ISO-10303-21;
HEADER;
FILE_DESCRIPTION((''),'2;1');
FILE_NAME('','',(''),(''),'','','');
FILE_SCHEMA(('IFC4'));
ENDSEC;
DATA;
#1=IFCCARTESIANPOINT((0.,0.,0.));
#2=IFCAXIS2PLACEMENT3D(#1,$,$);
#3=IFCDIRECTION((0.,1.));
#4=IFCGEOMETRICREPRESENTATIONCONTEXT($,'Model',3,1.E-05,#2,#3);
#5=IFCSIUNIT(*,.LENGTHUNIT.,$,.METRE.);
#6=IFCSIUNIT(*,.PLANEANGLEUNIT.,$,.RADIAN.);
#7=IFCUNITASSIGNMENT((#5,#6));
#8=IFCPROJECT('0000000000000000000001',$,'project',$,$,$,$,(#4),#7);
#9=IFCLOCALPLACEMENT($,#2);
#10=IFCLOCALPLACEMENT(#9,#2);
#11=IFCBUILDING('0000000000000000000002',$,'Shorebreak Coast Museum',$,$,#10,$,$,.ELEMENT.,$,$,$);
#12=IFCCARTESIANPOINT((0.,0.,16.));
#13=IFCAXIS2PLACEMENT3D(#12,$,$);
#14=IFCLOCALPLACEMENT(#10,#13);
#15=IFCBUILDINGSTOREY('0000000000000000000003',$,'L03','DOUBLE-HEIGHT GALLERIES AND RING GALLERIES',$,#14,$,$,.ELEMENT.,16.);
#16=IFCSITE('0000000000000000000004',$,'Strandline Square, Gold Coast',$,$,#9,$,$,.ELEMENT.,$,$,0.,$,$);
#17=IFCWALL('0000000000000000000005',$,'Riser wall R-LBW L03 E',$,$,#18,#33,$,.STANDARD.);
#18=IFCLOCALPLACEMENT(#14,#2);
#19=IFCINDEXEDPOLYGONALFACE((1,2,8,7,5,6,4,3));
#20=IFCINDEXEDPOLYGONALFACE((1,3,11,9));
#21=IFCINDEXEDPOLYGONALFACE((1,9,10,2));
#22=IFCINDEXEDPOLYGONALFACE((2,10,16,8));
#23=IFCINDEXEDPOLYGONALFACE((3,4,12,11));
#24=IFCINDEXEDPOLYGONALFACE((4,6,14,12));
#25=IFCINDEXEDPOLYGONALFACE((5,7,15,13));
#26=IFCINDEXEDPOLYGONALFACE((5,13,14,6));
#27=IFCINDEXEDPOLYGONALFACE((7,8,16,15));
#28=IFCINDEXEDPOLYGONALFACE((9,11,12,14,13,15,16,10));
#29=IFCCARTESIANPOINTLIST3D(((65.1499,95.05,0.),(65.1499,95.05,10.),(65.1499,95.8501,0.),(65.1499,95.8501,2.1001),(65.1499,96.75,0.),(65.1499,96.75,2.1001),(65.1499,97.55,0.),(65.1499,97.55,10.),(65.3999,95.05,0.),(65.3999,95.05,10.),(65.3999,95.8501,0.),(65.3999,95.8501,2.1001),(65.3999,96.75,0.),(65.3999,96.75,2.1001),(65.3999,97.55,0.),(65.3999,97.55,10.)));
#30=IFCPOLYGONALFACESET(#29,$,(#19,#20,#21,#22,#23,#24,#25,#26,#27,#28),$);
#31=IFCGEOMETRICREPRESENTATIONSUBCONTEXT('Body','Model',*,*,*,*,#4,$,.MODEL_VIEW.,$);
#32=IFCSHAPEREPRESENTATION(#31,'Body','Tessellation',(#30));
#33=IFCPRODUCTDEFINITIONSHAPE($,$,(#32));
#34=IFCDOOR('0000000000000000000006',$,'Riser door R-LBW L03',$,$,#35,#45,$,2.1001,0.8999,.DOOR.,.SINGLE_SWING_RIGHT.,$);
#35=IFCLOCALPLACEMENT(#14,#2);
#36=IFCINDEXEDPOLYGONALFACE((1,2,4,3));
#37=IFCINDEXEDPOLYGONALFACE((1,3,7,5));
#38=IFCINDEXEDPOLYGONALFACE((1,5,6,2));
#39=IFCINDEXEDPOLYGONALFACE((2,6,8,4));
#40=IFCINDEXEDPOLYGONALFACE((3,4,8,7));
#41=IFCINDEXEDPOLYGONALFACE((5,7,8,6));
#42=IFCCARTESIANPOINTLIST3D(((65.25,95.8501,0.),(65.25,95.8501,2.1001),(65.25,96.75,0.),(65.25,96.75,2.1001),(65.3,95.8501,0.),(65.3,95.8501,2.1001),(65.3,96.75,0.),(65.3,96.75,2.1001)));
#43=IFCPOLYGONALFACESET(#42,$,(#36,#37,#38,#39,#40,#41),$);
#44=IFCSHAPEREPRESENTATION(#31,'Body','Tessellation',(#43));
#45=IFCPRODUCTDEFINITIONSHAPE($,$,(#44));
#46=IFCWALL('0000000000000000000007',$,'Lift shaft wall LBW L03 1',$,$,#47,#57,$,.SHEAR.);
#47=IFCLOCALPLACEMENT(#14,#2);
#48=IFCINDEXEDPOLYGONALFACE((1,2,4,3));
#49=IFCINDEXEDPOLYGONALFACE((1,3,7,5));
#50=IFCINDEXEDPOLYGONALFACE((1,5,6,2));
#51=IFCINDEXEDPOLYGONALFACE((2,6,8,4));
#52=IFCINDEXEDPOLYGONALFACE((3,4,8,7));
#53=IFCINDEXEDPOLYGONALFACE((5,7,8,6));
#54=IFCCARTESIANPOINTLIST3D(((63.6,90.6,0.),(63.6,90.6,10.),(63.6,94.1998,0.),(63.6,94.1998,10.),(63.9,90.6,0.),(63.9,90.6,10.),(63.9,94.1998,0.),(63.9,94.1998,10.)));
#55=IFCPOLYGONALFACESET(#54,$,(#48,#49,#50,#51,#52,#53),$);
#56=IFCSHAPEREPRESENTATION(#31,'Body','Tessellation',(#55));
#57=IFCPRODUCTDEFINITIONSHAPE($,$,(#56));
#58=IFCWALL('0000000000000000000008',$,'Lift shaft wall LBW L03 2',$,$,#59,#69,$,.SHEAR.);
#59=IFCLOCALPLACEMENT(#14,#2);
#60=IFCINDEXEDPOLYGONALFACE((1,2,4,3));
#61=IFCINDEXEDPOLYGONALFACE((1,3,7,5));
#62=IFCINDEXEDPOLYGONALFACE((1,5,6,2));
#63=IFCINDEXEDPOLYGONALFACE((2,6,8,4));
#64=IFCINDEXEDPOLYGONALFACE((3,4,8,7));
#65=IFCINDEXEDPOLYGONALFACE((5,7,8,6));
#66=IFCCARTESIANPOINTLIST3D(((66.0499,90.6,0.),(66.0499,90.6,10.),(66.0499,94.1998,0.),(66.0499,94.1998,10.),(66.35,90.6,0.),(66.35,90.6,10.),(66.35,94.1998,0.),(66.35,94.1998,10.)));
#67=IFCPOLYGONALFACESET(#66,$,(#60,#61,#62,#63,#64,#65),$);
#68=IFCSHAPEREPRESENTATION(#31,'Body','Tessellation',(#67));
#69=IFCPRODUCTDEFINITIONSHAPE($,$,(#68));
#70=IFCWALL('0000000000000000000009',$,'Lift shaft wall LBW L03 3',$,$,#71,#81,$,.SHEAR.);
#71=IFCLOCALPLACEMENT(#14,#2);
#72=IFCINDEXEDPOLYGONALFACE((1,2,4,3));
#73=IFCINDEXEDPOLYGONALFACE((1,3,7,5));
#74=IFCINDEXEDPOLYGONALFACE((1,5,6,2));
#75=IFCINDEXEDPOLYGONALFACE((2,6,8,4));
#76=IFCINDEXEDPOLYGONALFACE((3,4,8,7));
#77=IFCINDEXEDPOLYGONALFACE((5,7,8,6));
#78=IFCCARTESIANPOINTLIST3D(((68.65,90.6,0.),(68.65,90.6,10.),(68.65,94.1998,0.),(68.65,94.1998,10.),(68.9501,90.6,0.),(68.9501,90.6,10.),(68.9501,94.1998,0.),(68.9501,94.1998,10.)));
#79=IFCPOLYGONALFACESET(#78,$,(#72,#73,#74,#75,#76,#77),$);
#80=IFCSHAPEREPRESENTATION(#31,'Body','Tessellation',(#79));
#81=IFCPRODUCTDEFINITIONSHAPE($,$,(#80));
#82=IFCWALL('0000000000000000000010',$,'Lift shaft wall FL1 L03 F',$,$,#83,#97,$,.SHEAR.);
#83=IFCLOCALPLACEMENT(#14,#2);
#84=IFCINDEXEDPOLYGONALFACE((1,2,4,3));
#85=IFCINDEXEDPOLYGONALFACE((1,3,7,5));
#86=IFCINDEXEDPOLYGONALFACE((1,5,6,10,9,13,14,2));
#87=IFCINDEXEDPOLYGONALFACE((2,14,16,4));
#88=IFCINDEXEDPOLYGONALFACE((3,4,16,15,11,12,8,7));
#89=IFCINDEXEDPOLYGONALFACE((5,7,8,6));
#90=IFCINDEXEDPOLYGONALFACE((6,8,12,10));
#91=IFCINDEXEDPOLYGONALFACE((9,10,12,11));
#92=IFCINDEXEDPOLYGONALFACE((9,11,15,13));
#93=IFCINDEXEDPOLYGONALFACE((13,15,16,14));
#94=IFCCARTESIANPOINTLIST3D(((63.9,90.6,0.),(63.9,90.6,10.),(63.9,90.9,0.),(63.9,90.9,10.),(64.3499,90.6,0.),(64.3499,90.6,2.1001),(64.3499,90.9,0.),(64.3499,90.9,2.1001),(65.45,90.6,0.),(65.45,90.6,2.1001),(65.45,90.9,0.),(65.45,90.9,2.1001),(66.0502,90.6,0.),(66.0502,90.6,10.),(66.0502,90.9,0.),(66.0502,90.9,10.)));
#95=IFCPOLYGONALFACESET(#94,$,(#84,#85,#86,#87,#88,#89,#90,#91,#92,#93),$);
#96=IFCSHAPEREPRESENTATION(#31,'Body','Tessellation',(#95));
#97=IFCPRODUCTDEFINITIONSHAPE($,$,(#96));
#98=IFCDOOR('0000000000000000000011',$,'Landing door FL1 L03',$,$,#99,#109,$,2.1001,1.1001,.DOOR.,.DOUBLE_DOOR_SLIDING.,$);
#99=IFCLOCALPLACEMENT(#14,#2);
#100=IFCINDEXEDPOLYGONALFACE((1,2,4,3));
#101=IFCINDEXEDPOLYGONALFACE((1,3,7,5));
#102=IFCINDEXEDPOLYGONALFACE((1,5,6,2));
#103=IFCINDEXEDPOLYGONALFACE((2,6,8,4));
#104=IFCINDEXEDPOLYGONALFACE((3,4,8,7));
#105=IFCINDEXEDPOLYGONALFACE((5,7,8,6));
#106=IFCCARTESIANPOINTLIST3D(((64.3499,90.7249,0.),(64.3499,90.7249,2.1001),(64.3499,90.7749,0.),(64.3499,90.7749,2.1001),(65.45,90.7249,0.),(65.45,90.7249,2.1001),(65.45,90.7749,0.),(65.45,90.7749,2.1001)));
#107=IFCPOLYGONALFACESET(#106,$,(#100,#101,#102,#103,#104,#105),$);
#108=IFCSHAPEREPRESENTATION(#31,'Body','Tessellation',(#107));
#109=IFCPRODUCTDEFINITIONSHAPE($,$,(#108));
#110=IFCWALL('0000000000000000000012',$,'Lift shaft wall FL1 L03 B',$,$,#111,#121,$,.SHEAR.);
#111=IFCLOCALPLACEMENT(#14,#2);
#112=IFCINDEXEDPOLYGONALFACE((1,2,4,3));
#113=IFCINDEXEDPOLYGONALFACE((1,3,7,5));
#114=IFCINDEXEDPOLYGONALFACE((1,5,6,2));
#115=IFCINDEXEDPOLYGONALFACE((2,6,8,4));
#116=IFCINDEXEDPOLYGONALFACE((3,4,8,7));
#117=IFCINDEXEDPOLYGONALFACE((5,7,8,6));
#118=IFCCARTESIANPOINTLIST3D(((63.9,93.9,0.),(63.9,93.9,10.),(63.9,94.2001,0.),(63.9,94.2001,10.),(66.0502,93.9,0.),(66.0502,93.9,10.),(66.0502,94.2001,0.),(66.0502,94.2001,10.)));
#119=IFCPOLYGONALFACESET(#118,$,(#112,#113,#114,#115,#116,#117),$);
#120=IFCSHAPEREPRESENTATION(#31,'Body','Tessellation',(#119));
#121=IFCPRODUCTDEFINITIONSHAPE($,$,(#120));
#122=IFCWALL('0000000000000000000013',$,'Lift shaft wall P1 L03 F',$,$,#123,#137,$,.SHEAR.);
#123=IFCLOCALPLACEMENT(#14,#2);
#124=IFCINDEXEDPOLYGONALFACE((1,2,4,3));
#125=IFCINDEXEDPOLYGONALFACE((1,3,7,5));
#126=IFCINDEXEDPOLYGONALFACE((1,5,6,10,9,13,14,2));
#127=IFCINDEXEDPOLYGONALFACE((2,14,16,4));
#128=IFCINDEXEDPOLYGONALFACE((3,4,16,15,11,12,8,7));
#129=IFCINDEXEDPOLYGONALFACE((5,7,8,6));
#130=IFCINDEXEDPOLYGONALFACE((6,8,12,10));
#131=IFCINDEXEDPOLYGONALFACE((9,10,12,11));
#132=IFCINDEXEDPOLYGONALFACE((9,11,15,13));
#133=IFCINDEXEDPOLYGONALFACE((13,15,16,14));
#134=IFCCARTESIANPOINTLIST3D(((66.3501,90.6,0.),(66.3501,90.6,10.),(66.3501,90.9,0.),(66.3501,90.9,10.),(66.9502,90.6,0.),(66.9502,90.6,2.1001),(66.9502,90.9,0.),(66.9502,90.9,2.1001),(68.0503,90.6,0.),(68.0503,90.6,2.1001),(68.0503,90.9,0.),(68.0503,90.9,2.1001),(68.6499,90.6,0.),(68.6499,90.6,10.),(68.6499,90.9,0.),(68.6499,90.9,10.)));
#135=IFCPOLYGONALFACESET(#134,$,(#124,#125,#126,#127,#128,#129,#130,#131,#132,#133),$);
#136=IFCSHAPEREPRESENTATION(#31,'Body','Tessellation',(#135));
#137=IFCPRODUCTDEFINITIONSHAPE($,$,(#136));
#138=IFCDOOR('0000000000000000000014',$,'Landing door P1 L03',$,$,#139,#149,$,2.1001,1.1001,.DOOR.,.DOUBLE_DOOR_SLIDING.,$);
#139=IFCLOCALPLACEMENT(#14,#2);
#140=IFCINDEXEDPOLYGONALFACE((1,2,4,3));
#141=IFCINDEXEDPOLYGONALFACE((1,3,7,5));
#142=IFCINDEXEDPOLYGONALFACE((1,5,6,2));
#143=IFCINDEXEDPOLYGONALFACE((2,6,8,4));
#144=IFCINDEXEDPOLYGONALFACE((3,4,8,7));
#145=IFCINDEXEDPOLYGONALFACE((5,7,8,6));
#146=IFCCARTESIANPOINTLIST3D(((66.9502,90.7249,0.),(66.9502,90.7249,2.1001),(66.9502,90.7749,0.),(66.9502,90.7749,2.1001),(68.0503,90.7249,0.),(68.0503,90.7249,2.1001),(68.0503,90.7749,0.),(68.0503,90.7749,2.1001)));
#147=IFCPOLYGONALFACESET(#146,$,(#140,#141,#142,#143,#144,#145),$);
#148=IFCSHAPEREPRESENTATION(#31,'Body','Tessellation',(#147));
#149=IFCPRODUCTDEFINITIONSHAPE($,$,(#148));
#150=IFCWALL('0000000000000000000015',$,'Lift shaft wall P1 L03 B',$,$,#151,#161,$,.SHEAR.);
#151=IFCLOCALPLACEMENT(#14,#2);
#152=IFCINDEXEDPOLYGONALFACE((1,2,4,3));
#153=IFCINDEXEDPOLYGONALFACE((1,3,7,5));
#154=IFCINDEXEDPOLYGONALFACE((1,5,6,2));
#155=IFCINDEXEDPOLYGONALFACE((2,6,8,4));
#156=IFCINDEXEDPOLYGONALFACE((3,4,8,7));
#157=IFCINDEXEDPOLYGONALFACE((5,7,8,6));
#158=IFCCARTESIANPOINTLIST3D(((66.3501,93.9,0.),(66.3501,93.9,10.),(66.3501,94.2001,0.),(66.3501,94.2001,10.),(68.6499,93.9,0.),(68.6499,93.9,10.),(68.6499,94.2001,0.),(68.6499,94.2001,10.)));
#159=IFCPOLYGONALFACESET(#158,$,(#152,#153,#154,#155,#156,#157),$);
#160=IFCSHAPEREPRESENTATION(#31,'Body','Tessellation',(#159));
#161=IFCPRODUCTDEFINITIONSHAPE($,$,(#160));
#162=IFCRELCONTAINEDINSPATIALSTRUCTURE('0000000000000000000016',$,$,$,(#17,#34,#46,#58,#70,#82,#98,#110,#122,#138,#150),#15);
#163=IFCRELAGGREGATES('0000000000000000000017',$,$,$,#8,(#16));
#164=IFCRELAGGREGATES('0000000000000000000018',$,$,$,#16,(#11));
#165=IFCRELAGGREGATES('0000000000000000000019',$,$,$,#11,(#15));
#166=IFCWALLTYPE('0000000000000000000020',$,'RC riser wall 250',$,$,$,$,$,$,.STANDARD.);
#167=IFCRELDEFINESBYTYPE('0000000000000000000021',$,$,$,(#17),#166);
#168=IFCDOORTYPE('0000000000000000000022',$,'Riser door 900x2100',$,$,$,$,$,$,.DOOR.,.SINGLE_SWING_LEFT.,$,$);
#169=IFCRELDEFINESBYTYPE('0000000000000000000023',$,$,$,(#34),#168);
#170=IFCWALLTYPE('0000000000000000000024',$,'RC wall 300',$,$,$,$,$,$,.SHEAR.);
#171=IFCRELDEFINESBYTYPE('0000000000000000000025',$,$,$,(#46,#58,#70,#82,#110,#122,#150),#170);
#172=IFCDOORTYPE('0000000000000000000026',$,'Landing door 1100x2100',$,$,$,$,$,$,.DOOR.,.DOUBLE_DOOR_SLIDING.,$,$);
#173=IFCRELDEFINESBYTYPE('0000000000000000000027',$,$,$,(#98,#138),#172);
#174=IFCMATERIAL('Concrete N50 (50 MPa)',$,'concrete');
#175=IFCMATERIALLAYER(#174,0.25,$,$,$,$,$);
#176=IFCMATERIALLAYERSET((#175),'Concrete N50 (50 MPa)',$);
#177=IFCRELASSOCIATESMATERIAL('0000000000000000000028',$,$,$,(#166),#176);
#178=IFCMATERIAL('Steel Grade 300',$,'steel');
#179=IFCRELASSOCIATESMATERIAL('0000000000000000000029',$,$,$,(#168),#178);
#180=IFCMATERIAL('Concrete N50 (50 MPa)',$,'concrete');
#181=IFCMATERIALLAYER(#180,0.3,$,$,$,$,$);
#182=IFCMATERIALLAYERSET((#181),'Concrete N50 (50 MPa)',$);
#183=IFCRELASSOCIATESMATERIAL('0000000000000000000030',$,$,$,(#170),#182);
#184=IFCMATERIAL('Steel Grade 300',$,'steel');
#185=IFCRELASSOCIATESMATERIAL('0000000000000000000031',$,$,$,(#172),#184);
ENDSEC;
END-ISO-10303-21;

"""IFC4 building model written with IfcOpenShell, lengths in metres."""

from ifc_helpers import new_model, si_unit, direction, frame, frame_2d, origin, place, context, subcontext, project, spatial, rectangle, extrude, material, layer, layer_set, type_object, element, fill, save


model = new_model("IFC4")

# Units and contexts
model_context = context("Model", 3, precision=1e-05, world=origin(), true_north=direction((0.0, 1.0)))
body_context = subcontext(model_context, "Body", "Model", "MODEL_VIEW")
ifc_project = project(units=[si_unit("LENGTHUNIT", "METRE"), si_unit("PLANEANGLEUNIT", "RADIAN")], contexts=[model_context])

# Site, building, storey
site_placement = place(None, origin())
site = spatial("IfcSite", under=ifc_project, at=site_placement, Name="Strandline Square, Gold Coast", CompositionType="ELEMENT", RefElevation=0.0)
building_placement = place(site_placement, origin())
building = spatial("IfcBuilding", under=site, at=building_placement, Name="Shorebreak Coast Museum", CompositionType="ELEMENT")
storey_placement = place(building_placement, frame((0.0, 0.0, 16.0)))
storey = spatial("IfcBuildingStorey", under=building, at=storey_placement, Name="L03", Description="DOUBLE-HEIGHT GALLERIES AND RING GALLERIES", CompositionType="ELEMENT", Elevation=16.0)

# Shared definitions
ifc_material_1 = material(Name="Concrete N50 (50 MPa)", Category="concrete")
ifc_layer_1 = layer(ifc_material_1, 0.25)
ifc_layer_set_1 = layer_set([ifc_layer_1], Name="Concrete N50 (50 MPa)")
wall_type_1 = type_object("IfcWallType", Name="RC riser wall 250", PredefinedType="STANDARD", material=ifc_layer_set_1)

# Wall, opening, door
wall_1_placement = place(storey_placement, frame((65.2749, 95.05, 0.0), z_axis=(0.0, 0.0, 1.0), x_axis=(0.0, 1.0, 0.0)))
wall_1 = element("IfcWall", 1, at=wall_1_placement, inside=storey, type_object=wall_type_1, Name="Riser wall R-LBW L03 E", PredefinedType="STANDARD", context=body_context, shape_type="SweptSolid", body=[
    extrude(rectangle(XDim=2.5, YDim=0.25, at=frame_2d((1.25, 0.0))), origin(), (0.0, 0.0, 1.0), 10.0),
])
opening_1_placement = place(wall_1_placement, frame((0.8, 0.0, 0.0)))
opening_1 = element("IfcOpeningElement", 2, at=opening_1_placement, cuts=wall_1, PredefinedType="OPENING", context=body_context, shape_type="SweptSolid", body=[
    extrude(rectangle(XDim=0.8999, YDim=2.1001, at=frame_2d((0.45, 1.05))), frame((0.0, 0.135, 0.0), z_axis=(0.0, -1.0, 0.0), x_axis=(1.0, 0.0, 0.0)), (0.0, 0.0, 1.0), 0.27),
])
ifc_material_2 = material(Name="Steel Grade 300", Category="steel")
door_type_1 = type_object("IfcDoorType", Name="Riser door 900x2100", OperationType="SINGLE_SWING_LEFT", PredefinedType="DOOR", material=ifc_material_2)
door_1_placement = place(opening_1_placement, origin())
door_1 = element("IfcDoor", 3, at=door_1_placement, inside=storey, type_object=door_type_1, Name="Riser door R-LBW L03", OperationType="SINGLE_SWING_RIGHT", OverallHeight=2.1001, OverallWidth=0.8999, PredefinedType="DOOR", context=body_context, shape_type="SweptSolid", body=[
    extrude(rectangle(XDim=0.8999, YDim=2.1001, at=frame_2d((0.45, 1.05))), frame((0.0, 0.0249, 0.0), z_axis=(0.0, -1.0, 0.0), x_axis=(1.0, 0.0, 0.0)), (0.0, 0.0, 1.0), 0.05),
])
fill(opening_1, door_1)

# Walls
ifc_material_3 = material(Name="Concrete N50 (50 MPa)", Category="concrete")
ifc_layer_2 = layer(ifc_material_3, 0.3)
ifc_layer_set_2 = layer_set([ifc_layer_2], Name="Concrete N50 (50 MPa)")
wall_type_2 = type_object("IfcWallType", Name="RC wall 300", PredefinedType="SHEAR", material=ifc_layer_set_2)
for number, where, z_axis, x_axis, name in (
    (4, (63.75, 90.6001, 0.0), (0.0, 0.0, 1.0), (0.0, 1.0, 0.0), "Lift shaft wall LBW L03 1"),
    (5, (66.2, 90.6001, 0.0), (0.0, 0.0, 1.0), (0.0, 1.0, 0.0), "Lift shaft wall LBW L03 2"),
    (6, (68.8, 90.6001, 0.0), (0.0, 0.0, 1.0), (0.0, 1.0, 0.0), "Lift shaft wall LBW L03 3"),
):
    element("IfcWall", number, at=place(storey_placement, frame(where, z_axis=z_axis, x_axis=x_axis)), inside=storey, type_object=wall_type_2, Name=name, PredefinedType="SHEAR", context=body_context, shape_type="SweptSolid", body=[
        extrude(rectangle(XDim=3.5999, YDim=0.3, at=frame_2d((1.7998, 0.0))), origin(), (0.0, 0.0, 1.0), 10.0),
    ])

# Wall, opening, door
wall_2_placement = place(storey_placement, frame((63.8999, 90.75, 0.0), z_axis=(0.0, 0.0, 1.0), x_axis=(1.0, 0.0, 0.0)))
wall_2 = element("IfcWall", 7, at=wall_2_placement, inside=storey, type_object=wall_type_2, Name="Lift shaft wall FL1 L03 F", PredefinedType="SHEAR", context=body_context, shape_type="SweptSolid", body=[
    extrude(rectangle(XDim=2.1501, YDim=0.3, at=frame_2d((1.0752, 0.0))), origin(), (0.0, 0.0, 1.0), 10.0),
])
opening_2_placement = place(wall_2_placement, frame((0.45, 0.0, 0.0)))
opening_2 = element("IfcOpeningElement", 8, at=opening_2_placement, cuts=wall_2, PredefinedType="OPENING", context=body_context, shape_type="SweptSolid", body=[
    extrude(rectangle(XDim=1.1001, YDim=2.1001, at=frame_2d((0.55, 1.05))), frame((0.0, 0.1599, 0.0), z_axis=(0.0, -1.0, 0.0), x_axis=(1.0, 0.0, 0.0)), (0.0, 0.0, 1.0), 0.3201),
])
ifc_material_4 = material(Name="Steel Grade 300", Category="steel")
door_type_2 = type_object("IfcDoorType", Name="Landing door 1100x2100", OperationType="DOUBLE_DOOR_SLIDING", PredefinedType="DOOR", material=ifc_material_4)
door_2_placement = place(opening_2_placement, origin())
door_2 = element("IfcDoor", 9, at=door_2_placement, inside=storey, type_object=door_type_2, Name="Landing door FL1 L03", OperationType="DOUBLE_DOOR_SLIDING", OverallHeight=2.1001, OverallWidth=1.1001, PredefinedType="DOOR", context=body_context, shape_type="SweptSolid", body=[
    extrude(rectangle(XDim=1.1001, YDim=2.1001, at=frame_2d((0.55, 1.05))), frame((0.0, 0.0249, 0.0), z_axis=(0.0, -1.0, 0.0), x_axis=(1.0, 0.0, 0.0)), (0.0, 0.0, 1.0), 0.05),
])
fill(opening_2, door_2)

# Wall
wall_3_placement = place(storey_placement, frame((63.8999, 94.05, 0.0), z_axis=(0.0, 0.0, 1.0), x_axis=(1.0, 0.0, 0.0)))
element("IfcWall", 10, at=wall_3_placement, inside=storey, type_object=wall_type_2, Name="Lift shaft wall FL1 L03 B", PredefinedType="SHEAR", context=body_context, shape_type="SweptSolid", body=[
    extrude(rectangle(XDim=2.1501, YDim=0.3, at=frame_2d((1.0752, 0.0))), origin(), (0.0, 0.0, 1.0), 10.0),
])

# Wall, opening, door
wall_4_placement = place(storey_placement, frame((66.3501, 90.75, 0.0), z_axis=(0.0, 0.0, 1.0), x_axis=(1.0, 0.0, 0.0)))
wall_4 = element("IfcWall", 11, at=wall_4_placement, inside=storey, type_object=wall_type_2, Name="Lift shaft wall P1 L03 F", PredefinedType="SHEAR", context=body_context, shape_type="SweptSolid", body=[
    extrude(rectangle(XDim=2.2998, YDim=0.3, at=frame_2d((1.1499, 0.0))), origin(), (0.0, 0.0, 1.0), 10.0),
])
opening_3_placement = place(wall_4_placement, frame((0.6001, 0.0, 0.0)))
opening_3 = element("IfcOpeningElement", 12, at=opening_3_placement, cuts=wall_4, PredefinedType="OPENING", context=body_context, shape_type="SweptSolid", body=[
    extrude(rectangle(XDim=1.1001, YDim=2.1001, at=frame_2d((0.55, 1.05))), frame((0.0, 0.1599, 0.0), z_axis=(0.0, -1.0, 0.0), x_axis=(1.0, 0.0, 0.0)), (0.0, 0.0, 1.0), 0.3201),
])
door_3_placement = place(opening_3_placement, origin())
door_3 = element("IfcDoor", 13, at=door_3_placement, inside=storey, type_object=door_type_2, Name="Landing door P1 L03", OperationType="DOUBLE_DOOR_SLIDING", OverallHeight=2.1001, OverallWidth=1.1001, PredefinedType="DOOR", context=body_context, shape_type="SweptSolid", body=[
    extrude(rectangle(XDim=1.1001, YDim=2.1001, at=frame_2d((0.55, 1.05))), frame((0.0, 0.0249, 0.0), z_axis=(0.0, -1.0, 0.0), x_axis=(1.0, 0.0, 0.0)), (0.0, 0.0, 1.0), 0.05),
])
fill(opening_3, door_3)

# Wall
wall_5_placement = place(storey_placement, frame((66.3501, 94.05, 0.0), z_axis=(0.0, 0.0, 1.0), x_axis=(1.0, 0.0, 0.0)))
element("IfcWall", 14, at=wall_5_placement, inside=storey, type_object=wall_type_2, Name="Lift shaft wall P1 L03 B", PredefinedType="SHEAR", context=body_context, shape_type="SweptSolid", body=[
    extrude(rectangle(XDim=2.2998, YDim=0.3, at=frame_2d((1.1499, 0.0))), origin(), (0.0, 0.0, 1.0), 10.0),
])

save(model, "model.ifc")
